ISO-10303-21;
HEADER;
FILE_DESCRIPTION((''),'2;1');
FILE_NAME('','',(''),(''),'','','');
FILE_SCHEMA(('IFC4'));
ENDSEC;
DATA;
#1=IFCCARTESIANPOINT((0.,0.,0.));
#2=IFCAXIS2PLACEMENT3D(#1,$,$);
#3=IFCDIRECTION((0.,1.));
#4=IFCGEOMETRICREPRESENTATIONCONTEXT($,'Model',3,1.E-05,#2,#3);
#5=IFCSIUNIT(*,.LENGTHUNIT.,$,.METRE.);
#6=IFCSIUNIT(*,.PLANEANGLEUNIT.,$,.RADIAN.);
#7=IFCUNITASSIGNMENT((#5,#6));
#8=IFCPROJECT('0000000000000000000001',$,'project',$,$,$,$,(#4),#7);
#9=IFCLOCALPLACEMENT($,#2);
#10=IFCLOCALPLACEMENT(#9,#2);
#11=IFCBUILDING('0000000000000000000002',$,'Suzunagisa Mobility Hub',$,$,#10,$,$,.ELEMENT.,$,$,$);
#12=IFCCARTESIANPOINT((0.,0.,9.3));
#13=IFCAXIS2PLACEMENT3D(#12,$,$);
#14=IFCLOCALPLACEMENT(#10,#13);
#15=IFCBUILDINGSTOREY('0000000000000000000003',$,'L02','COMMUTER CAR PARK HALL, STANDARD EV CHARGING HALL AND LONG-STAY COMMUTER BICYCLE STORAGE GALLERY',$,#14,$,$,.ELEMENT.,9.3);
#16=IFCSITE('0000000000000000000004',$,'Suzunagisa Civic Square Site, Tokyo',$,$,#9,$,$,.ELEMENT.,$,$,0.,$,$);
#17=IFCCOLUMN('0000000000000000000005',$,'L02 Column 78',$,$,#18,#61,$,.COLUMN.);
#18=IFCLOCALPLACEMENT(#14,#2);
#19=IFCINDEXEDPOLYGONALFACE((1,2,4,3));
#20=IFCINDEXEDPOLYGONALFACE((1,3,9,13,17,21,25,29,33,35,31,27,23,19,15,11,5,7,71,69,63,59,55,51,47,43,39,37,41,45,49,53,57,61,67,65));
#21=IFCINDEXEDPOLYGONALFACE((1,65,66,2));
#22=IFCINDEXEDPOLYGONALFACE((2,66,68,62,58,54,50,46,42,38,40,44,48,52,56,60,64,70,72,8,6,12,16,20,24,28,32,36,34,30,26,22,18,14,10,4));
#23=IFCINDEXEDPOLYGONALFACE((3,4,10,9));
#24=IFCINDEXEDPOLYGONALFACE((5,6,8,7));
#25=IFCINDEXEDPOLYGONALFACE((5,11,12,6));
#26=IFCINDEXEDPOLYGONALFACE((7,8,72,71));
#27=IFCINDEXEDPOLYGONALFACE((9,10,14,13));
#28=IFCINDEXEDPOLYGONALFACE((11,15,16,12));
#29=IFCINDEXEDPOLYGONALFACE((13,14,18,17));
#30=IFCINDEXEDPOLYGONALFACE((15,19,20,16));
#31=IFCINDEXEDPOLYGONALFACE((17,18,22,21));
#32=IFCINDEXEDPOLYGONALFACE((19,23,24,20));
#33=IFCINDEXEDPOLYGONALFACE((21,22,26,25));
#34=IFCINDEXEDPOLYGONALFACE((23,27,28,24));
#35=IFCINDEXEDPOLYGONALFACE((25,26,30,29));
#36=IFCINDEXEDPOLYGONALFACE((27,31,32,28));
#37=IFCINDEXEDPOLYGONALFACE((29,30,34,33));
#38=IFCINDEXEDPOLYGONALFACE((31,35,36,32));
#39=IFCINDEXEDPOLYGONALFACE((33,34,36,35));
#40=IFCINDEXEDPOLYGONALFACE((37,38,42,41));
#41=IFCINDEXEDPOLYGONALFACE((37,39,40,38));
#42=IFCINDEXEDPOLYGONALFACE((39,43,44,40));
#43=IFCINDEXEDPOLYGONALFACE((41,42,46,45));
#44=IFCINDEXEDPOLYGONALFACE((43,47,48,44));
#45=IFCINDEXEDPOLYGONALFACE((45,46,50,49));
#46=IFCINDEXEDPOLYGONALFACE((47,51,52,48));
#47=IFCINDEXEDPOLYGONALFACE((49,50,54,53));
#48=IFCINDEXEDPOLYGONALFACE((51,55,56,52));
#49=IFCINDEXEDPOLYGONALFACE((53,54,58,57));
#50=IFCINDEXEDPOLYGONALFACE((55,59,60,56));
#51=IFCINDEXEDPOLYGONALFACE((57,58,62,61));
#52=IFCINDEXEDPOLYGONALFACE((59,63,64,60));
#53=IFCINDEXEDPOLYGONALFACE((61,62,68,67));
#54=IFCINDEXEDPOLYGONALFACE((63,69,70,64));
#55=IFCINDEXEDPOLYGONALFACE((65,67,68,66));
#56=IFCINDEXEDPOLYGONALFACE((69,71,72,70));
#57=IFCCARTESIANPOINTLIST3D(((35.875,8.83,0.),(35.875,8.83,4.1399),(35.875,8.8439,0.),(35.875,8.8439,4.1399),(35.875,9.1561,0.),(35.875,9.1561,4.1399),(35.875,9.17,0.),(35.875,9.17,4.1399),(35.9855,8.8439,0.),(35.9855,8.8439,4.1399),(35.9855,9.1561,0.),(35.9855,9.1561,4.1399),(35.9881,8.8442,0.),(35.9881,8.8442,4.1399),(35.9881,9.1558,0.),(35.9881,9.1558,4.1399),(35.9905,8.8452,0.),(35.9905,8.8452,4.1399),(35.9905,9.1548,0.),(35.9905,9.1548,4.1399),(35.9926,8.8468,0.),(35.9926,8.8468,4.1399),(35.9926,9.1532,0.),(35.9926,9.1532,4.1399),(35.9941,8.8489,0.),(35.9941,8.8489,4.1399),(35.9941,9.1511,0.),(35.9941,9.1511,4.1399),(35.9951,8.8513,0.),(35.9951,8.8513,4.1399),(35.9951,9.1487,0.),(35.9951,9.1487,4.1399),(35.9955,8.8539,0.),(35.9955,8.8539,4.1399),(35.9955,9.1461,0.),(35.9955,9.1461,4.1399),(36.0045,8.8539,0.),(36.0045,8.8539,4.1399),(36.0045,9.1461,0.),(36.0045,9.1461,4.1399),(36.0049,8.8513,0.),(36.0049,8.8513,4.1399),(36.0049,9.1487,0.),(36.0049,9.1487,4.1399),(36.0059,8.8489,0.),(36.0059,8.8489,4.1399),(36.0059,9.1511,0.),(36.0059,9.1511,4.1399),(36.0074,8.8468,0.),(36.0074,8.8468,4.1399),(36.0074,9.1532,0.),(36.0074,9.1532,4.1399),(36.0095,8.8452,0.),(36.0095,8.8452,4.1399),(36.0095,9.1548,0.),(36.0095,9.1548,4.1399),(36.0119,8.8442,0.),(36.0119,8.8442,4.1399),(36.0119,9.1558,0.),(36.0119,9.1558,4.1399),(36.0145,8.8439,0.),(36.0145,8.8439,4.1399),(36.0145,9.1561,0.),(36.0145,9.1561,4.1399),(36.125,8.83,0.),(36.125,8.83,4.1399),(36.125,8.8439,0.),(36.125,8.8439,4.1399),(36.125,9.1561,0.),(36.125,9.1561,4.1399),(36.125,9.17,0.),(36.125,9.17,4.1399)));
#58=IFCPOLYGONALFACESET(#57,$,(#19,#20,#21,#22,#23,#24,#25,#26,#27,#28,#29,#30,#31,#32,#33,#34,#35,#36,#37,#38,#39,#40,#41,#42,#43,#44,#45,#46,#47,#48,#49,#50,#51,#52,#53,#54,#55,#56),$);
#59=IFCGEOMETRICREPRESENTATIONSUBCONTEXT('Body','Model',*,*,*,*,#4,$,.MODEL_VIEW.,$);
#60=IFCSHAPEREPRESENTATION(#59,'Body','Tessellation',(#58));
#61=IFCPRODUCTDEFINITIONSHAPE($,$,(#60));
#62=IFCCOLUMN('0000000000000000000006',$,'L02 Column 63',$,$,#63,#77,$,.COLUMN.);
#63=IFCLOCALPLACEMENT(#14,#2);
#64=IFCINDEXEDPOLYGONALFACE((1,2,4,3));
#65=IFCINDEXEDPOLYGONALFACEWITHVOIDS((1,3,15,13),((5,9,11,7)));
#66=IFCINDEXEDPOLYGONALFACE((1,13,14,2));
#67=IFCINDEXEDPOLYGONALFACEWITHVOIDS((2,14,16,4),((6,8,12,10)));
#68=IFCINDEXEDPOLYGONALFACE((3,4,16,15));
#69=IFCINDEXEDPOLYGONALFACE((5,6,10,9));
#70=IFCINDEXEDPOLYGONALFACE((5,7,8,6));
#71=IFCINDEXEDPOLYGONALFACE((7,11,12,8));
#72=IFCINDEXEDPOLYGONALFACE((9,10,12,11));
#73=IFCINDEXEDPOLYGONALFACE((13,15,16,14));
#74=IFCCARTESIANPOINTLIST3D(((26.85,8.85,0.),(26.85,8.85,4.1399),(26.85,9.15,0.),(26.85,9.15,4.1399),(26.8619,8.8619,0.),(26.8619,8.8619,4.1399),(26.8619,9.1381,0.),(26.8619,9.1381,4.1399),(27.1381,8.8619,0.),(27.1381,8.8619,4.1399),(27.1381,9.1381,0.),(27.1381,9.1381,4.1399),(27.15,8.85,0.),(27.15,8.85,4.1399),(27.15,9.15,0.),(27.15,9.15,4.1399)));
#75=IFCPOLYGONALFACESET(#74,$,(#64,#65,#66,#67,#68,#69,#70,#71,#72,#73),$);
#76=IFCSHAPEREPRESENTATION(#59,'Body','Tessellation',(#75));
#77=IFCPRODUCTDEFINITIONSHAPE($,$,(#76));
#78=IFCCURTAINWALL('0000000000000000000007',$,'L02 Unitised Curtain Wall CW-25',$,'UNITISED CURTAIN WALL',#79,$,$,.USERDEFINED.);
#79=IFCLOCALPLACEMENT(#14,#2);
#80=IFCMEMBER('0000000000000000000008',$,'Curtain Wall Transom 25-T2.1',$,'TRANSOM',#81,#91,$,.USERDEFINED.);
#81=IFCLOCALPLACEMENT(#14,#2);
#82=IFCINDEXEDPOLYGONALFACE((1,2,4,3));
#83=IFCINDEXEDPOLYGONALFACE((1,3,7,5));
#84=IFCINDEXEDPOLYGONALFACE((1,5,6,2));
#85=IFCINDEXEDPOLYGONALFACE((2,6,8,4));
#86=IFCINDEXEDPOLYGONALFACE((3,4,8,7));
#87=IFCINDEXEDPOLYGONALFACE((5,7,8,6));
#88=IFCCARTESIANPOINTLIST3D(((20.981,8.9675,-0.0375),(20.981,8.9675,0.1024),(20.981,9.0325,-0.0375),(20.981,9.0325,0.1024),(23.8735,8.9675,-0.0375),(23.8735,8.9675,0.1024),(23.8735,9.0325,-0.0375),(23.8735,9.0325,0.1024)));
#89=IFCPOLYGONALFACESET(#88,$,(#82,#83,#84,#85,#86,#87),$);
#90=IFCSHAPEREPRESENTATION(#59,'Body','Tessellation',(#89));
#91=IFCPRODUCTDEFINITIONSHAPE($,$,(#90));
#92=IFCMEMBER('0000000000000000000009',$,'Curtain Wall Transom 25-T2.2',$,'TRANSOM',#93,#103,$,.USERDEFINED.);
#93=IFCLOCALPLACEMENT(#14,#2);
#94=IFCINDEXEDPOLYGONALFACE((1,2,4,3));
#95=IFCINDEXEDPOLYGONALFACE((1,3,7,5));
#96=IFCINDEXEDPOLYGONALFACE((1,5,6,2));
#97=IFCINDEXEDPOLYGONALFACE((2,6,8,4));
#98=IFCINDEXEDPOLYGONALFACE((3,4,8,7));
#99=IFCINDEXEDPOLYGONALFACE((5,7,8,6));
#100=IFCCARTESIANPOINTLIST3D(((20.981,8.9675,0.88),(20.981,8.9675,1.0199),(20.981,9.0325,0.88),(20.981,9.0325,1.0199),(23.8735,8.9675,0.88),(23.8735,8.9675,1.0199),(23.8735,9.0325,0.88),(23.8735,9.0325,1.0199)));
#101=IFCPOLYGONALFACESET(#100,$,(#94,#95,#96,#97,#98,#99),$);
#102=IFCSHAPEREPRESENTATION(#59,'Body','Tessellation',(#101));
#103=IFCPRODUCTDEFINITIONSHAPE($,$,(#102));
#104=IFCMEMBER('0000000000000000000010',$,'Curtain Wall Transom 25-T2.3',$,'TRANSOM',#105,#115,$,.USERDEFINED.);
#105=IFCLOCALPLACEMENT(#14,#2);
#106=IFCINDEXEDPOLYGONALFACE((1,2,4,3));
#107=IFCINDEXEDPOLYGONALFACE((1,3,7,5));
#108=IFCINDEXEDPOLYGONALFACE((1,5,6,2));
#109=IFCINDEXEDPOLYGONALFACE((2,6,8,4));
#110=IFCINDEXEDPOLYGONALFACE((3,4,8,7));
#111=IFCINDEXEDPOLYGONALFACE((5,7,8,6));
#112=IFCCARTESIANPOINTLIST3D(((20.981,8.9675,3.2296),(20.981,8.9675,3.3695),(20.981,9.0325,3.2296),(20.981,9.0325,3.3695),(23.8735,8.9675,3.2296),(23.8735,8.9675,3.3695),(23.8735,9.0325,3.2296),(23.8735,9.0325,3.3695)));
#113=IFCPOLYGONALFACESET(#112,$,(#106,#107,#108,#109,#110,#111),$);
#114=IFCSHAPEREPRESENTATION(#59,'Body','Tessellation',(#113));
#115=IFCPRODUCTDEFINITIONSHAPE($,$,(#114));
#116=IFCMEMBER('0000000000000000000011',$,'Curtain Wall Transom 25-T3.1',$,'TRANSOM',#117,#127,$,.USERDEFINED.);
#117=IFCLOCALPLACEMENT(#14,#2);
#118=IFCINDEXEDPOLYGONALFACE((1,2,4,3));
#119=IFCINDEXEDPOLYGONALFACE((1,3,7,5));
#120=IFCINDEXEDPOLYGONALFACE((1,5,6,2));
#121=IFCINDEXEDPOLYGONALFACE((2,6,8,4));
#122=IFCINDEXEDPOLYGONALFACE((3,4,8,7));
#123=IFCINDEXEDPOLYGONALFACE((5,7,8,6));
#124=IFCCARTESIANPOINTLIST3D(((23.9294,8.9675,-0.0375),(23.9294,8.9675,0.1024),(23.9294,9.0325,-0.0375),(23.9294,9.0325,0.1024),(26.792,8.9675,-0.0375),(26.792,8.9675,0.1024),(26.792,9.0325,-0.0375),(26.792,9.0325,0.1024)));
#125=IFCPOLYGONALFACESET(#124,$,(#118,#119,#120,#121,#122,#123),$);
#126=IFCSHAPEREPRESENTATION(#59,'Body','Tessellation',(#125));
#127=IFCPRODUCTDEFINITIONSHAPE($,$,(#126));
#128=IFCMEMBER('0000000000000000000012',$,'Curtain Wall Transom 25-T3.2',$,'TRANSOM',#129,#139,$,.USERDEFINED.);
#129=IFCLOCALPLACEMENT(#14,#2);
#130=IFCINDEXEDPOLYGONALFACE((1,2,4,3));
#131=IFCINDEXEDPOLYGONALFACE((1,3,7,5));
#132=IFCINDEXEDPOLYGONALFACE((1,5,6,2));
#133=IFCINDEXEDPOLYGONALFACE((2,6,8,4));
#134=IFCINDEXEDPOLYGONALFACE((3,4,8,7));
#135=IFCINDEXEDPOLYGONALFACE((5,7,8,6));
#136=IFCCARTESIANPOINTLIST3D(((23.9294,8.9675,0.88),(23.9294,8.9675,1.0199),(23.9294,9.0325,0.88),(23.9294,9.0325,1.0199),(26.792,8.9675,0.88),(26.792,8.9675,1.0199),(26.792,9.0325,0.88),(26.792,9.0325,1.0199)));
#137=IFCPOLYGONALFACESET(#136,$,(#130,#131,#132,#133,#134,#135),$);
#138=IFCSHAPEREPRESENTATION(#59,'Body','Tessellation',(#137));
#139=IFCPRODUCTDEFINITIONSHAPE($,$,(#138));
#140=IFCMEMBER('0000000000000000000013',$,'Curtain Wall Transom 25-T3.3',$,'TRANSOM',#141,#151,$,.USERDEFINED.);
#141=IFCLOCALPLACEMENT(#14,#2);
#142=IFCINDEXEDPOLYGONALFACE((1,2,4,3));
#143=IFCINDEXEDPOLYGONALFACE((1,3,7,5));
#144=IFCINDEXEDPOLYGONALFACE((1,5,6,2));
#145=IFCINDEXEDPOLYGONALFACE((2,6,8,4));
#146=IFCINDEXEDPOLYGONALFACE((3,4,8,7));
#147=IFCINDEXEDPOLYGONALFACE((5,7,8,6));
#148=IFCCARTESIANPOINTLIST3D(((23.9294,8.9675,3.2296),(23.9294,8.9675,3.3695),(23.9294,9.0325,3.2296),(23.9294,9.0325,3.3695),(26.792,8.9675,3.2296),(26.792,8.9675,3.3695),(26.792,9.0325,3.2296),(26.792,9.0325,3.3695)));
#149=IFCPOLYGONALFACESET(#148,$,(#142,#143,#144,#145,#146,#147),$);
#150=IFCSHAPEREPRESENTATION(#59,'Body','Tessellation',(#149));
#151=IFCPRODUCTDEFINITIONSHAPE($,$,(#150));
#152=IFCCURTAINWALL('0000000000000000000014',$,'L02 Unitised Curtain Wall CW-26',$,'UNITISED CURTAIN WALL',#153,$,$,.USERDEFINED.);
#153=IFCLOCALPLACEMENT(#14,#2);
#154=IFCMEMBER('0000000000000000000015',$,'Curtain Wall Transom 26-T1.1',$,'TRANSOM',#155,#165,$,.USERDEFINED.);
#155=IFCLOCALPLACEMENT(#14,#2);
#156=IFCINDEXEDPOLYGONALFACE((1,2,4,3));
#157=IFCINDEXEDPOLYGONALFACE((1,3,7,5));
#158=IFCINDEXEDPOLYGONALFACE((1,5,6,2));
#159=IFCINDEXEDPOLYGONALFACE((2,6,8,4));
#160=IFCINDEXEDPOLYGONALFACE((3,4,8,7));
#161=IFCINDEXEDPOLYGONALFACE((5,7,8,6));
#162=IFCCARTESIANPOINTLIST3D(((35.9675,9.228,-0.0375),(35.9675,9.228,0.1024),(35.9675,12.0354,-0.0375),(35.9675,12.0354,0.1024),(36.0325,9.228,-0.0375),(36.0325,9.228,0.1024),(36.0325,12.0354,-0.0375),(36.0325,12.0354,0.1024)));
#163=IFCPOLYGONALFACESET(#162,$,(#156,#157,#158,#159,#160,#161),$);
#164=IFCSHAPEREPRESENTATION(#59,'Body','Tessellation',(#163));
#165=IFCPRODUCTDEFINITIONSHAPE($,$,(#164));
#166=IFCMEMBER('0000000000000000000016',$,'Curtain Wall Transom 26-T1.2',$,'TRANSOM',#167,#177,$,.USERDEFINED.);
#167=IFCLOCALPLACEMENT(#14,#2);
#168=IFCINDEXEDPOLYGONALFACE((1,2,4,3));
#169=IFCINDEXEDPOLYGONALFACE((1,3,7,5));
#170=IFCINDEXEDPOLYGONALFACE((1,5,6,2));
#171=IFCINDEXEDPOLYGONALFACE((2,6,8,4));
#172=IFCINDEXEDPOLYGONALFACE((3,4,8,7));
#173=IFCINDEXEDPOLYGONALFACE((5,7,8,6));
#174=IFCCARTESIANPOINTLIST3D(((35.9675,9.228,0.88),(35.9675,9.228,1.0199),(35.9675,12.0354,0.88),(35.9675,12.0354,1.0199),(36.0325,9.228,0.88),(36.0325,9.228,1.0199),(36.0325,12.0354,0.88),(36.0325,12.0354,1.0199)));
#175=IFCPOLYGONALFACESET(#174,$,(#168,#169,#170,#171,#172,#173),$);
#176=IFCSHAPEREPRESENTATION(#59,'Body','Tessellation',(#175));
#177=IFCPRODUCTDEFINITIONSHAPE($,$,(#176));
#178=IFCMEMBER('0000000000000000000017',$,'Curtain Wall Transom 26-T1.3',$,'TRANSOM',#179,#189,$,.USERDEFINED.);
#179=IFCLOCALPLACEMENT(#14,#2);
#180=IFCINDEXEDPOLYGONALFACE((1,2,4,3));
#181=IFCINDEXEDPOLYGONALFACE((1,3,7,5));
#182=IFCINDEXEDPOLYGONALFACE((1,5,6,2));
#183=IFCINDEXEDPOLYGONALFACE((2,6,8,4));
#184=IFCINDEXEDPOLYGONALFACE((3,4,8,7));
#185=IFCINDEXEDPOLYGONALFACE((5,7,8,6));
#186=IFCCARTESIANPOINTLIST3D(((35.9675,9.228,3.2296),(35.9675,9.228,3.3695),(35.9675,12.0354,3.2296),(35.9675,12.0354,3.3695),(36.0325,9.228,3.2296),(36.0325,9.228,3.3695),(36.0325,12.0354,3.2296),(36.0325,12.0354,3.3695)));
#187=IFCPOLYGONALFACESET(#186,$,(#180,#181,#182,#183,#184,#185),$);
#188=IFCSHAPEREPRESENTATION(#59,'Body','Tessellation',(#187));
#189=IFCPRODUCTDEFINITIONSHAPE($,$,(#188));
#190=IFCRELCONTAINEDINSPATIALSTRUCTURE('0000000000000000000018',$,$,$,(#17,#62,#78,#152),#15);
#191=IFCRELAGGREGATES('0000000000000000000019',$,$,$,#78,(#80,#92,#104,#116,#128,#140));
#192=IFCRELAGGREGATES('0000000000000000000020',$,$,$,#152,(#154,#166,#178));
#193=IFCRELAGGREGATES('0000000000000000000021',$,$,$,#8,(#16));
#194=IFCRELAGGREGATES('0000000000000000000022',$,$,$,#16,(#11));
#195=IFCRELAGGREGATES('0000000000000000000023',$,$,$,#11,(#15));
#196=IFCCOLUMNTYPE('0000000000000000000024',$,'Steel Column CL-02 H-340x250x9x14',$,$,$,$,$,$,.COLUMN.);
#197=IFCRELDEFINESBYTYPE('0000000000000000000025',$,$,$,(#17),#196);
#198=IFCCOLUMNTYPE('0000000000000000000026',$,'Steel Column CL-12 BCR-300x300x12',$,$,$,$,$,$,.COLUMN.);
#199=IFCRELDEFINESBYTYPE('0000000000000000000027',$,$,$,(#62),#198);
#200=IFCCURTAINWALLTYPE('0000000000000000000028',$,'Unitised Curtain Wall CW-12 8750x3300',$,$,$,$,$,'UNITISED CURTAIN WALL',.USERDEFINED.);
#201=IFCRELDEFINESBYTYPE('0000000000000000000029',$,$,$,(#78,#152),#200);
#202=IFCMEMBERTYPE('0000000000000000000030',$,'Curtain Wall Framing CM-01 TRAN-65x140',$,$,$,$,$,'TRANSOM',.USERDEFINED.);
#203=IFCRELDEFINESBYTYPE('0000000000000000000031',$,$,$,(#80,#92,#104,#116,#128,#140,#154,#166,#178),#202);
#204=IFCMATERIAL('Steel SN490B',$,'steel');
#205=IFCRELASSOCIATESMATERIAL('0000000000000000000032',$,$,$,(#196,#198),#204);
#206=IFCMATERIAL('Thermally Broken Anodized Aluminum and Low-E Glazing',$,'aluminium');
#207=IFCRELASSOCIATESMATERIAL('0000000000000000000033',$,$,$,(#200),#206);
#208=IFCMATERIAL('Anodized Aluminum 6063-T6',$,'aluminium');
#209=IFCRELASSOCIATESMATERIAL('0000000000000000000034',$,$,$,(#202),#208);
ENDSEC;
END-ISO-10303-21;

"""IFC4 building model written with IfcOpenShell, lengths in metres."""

from ifc_helpers import new_model, si_unit, direction, frame, origin, origin_2d, place, context, subcontext, project, spatial, rectangle, hollow_rectangle, i_section, extrude, material, material_profile, profile_set, type_object, element, aggregate, save


model = new_model("IFC4")

# Units and contexts
model_context = context("Model", 3, precision=1e-05, world=origin(), true_north=direction((0.0, 1.0)))
body_context = subcontext(model_context, "Body", "Model", "MODEL_VIEW")
ifc_project = project(units=[si_unit("LENGTHUNIT", "METRE"), si_unit("PLANEANGLEUNIT", "RADIAN")], contexts=[model_context])

# Site, building, storey
site_placement = place(None, origin())
site = spatial("IfcSite", under=ifc_project, at=site_placement, Name="Suzunagisa Civic Square Site, Tokyo", CompositionType="ELEMENT", RefElevation=0.0)
building_placement = place(site_placement, origin())
building = spatial("IfcBuilding", under=site, at=building_placement, Name="Suzunagisa Mobility Hub", CompositionType="ELEMENT")
storey_placement = place(building_placement, frame((0.0, 0.0, 9.3)))
storey = spatial("IfcBuildingStorey", under=building, at=storey_placement, Name="L02", Description="COMMUTER CAR PARK HALL, STANDARD EV CHARGING HALL AND LONG-STAY COMMUTER BICYCLE STORAGE GALLERY", CompositionType="ELEMENT", Elevation=9.3)

# Columns
ifc_material_1 = material(Name="Steel SN490B", Category="steel")
ifc_material_profile_1 = material_profile(ifc_material_1, i_section(OverallWidth=0.25, OverallDepth=0.3401, WebThickness=0.009, FlangeThickness=0.0139, FilletRadius=0.01, at=origin_2d()), Name="H-340x250x9x14")
ifc_profile_set_1 = profile_set([ifc_material_profile_1], Name="Steel SN490B")
column_type_1 = type_object("IfcColumnType", Name="Steel Column CL-02 H-340x250x9x14", PredefinedType="COLUMN", material=ifc_profile_set_1)
column_1_placement = place(storey_placement, frame((36.0, 9.0, 0.0), z_axis=(0.0, 0.0, 1.0), x_axis=(1.0, 0.0, 0.0)))
element("IfcColumn", 1, at=column_1_placement, inside=storey, type_object=column_type_1, Name="L02 Column 78", PredefinedType="COLUMN", context=body_context, shape_type="SweptSolid", body=[
    extrude(i_section(OverallWidth=0.25, OverallDepth=0.3401, WebThickness=0.009, FlangeThickness=0.0139, FilletRadius=0.01, at=origin_2d()), origin(), (0.0, 0.0, 1.0), 4.1399),
])
ifc_material_profile_2 = material_profile(ifc_material_1, hollow_rectangle(XDim=0.3, YDim=0.3, WallThickness=0.012, at=origin_2d()), Name="BCR-300x300x12")
ifc_profile_set_2 = profile_set([ifc_material_profile_2], Name="Steel SN490B")
column_type_2 = type_object("IfcColumnType", Name="Steel Column CL-12 BCR-300x300x12", PredefinedType="COLUMN", material=ifc_profile_set_2)
column_2_placement = place(storey_placement, frame((27.0, 9.0, 0.0), z_axis=(0.0, 0.0, 1.0), x_axis=(1.0, 0.0, 0.0)))
element("IfcColumn", 2, at=column_2_placement, inside=storey, type_object=column_type_2, Name="L02 Column 63", PredefinedType="COLUMN", context=body_context, shape_type="SweptSolid", body=[
    extrude(hollow_rectangle(XDim=0.3, YDim=0.3, WallThickness=0.012, at=origin_2d()), origin(), (0.0, 0.0, 1.0), 4.1399),
])

# Curtain walls, members
ifc_material_2 = material(Name="Thermally Broken Anodized Aluminum and Low-E Glazing", Category="aluminium")
curtain_wall_type = type_object("IfcCurtainWallType", Name="Unitised Curtain Wall CW-12 8750x3300", ElementType="UNITISED CURTAIN WALL", PredefinedType="USERDEFINED", material=ifc_material_2)
curtain_wall_1_placement = place(storey_placement, origin())
curtain_wall_1 = element("IfcCurtainWall", 3, at=curtain_wall_1_placement, inside=storey, type_object=curtain_wall_type, Name="L02 Unitised Curtain Wall CW-25", ObjectType="UNITISED CURTAIN WALL", PredefinedType="USERDEFINED")
ifc_material_3 = material(Name="Anodized Aluminum 6063-T6", Category="aluminium")
ifc_material_profile_3 = material_profile(ifc_material_3, rectangle(XDim=0.0649, YDim=0.1399, at=origin_2d()), Name="TRAN-65x140")
ifc_profile_set_3 = profile_set([ifc_material_profile_3], Name="Anodized Aluminum 6063-T6")
member_type_1 = type_object("IfcMemberType", Name="Curtain Wall Framing CM-01 TRAN-65x140", ElementType="TRANSOM", PredefinedType="USERDEFINED", material=ifc_profile_set_3)
member_1_placement = place(storey_placement, frame((20.981, 9.0, 0.0325), z_axis=(1.0, 0.0, 0.0), x_axis=(0.0, 1.0, 0.0)))
member_1 = element("IfcMember", 4, at=member_1_placement, type_object=member_type_1, Name="Curtain Wall Transom 25-T2.1", ObjectType="TRANSOM", PredefinedType="USERDEFINED", context=body_context, shape_type="SweptSolid", body=[
    extrude(rectangle(XDim=0.0649, YDim=0.1399, at=origin_2d()), origin(), (0.0, 0.0, 1.0), 2.8926),
])
member_2_placement = place(storey_placement, frame((20.981, 9.0, 0.95), z_axis=(1.0, 0.0, 0.0), x_axis=(0.0, 1.0, 0.0)))
member_2 = element("IfcMember", 5, at=member_2_placement, type_object=member_type_1, Name="Curtain Wall Transom 25-T2.2", ObjectType="TRANSOM", PredefinedType="USERDEFINED", context=body_context, shape_type="SweptSolid", body=[
    extrude(rectangle(XDim=0.0649, YDim=0.1399, at=origin_2d()), origin(), (0.0, 0.0, 1.0), 2.8926),
])
member_3_placement = place(storey_placement, frame((20.981, 9.0, 3.2996), z_axis=(1.0, 0.0, 0.0), x_axis=(0.0, 1.0, 0.0)))
member_3 = element("IfcMember", 6, at=member_3_placement, type_object=member_type_1, Name="Curtain Wall Transom 25-T2.3", ObjectType="TRANSOM", PredefinedType="USERDEFINED", context=body_context, shape_type="SweptSolid", body=[
    extrude(rectangle(XDim=0.0649, YDim=0.1399, at=origin_2d()), origin(), (0.0, 0.0, 1.0), 2.8926),
])
member_4_placement = place(storey_placement, frame((23.9294, 9.0, 0.0325), z_axis=(1.0, 0.0, 0.0), x_axis=(0.0, 1.0, 0.0)))
member_4 = element("IfcMember", 7, at=member_4_placement, type_object=member_type_1, Name="Curtain Wall Transom 25-T3.1", ObjectType="TRANSOM", PredefinedType="USERDEFINED", context=body_context, shape_type="SweptSolid", body=[
    extrude(rectangle(XDim=0.0649, YDim=0.1399, at=origin_2d()), origin(), (0.0, 0.0, 1.0), 2.8625),
])
member_5_placement = place(storey_placement, frame((23.9294, 9.0, 0.95), z_axis=(1.0, 0.0, 0.0), x_axis=(0.0, 1.0, 0.0)))
member_5 = element("IfcMember", 8, at=member_5_placement, type_object=member_type_1, Name="Curtain Wall Transom 25-T3.2", ObjectType="TRANSOM", PredefinedType="USERDEFINED", context=body_context, shape_type="SweptSolid", body=[
    extrude(rectangle(XDim=0.0649, YDim=0.1399, at=origin_2d()), origin(), (0.0, 0.0, 1.0), 2.8625),
])
member_6_placement = place(storey_placement, frame((23.9294, 9.0, 3.2996), z_axis=(1.0, 0.0, 0.0), x_axis=(0.0, 1.0, 0.0)))
member_6 = element("IfcMember", 9, at=member_6_placement, type_object=member_type_1, Name="Curtain Wall Transom 25-T3.3", ObjectType="TRANSOM", PredefinedType="USERDEFINED", context=body_context, shape_type="SweptSolid", body=[
    extrude(rectangle(XDim=0.0649, YDim=0.1399, at=origin_2d()), origin(), (0.0, 0.0, 1.0), 2.8625),
])
curtain_wall_2_placement = place(storey_placement, origin())
curtain_wall_2 = element("IfcCurtainWall", 10, at=curtain_wall_2_placement, inside=storey, type_object=curtain_wall_type, Name="L02 Unitised Curtain Wall CW-26", ObjectType="UNITISED CURTAIN WALL", PredefinedType="USERDEFINED")
member_7_placement = place(storey_placement, frame((36.0, 9.228, 0.0325), z_axis=(0.0, 1.0, 0.0), x_axis=(-1.0, 0.0, 0.0)))
member_7 = element("IfcMember", 11, at=member_7_placement, type_object=member_type_1, Name="Curtain Wall Transom 26-T1.1", ObjectType="TRANSOM", PredefinedType="USERDEFINED", context=body_context, shape_type="SweptSolid", body=[
    extrude(rectangle(XDim=0.0649, YDim=0.1399, at=origin_2d()), origin(), (0.0, 0.0, 1.0), 2.8074),
])
member_8_placement = place(storey_placement, frame((36.0, 9.228, 0.95), z_axis=(0.0, 1.0, 0.0), x_axis=(-1.0, 0.0, 0.0)))
member_8 = element("IfcMember", 12, at=member_8_placement, type_object=member_type_1, Name="Curtain Wall Transom 26-T1.2", ObjectType="TRANSOM", PredefinedType="USERDEFINED", context=body_context, shape_type="SweptSolid", body=[
    extrude(rectangle(XDim=0.0649, YDim=0.1399, at=origin_2d()), origin(), (0.0, 0.0, 1.0), 2.8074),
])
member_9_placement = place(storey_placement, frame((36.0, 9.228, 3.2996), z_axis=(0.0, 1.0, 0.0), x_axis=(-1.0, 0.0, 0.0)))
member_9 = element("IfcMember", 13, at=member_9_placement, type_object=member_type_1, Name="Curtain Wall Transom 26-T1.3", ObjectType="TRANSOM", PredefinedType="USERDEFINED", context=body_context, shape_type="SweptSolid", body=[
    extrude(rectangle(XDim=0.0649, YDim=0.1399, at=origin_2d()), origin(), (0.0, 0.0, 1.0), 2.8074),
])

aggregate(curtain_wall_1, [member_1, member_2, member_3, member_4, member_5, member_6])
aggregate(curtain_wall_2, [member_7, member_8, member_9])

save(model, "model.ifc")
